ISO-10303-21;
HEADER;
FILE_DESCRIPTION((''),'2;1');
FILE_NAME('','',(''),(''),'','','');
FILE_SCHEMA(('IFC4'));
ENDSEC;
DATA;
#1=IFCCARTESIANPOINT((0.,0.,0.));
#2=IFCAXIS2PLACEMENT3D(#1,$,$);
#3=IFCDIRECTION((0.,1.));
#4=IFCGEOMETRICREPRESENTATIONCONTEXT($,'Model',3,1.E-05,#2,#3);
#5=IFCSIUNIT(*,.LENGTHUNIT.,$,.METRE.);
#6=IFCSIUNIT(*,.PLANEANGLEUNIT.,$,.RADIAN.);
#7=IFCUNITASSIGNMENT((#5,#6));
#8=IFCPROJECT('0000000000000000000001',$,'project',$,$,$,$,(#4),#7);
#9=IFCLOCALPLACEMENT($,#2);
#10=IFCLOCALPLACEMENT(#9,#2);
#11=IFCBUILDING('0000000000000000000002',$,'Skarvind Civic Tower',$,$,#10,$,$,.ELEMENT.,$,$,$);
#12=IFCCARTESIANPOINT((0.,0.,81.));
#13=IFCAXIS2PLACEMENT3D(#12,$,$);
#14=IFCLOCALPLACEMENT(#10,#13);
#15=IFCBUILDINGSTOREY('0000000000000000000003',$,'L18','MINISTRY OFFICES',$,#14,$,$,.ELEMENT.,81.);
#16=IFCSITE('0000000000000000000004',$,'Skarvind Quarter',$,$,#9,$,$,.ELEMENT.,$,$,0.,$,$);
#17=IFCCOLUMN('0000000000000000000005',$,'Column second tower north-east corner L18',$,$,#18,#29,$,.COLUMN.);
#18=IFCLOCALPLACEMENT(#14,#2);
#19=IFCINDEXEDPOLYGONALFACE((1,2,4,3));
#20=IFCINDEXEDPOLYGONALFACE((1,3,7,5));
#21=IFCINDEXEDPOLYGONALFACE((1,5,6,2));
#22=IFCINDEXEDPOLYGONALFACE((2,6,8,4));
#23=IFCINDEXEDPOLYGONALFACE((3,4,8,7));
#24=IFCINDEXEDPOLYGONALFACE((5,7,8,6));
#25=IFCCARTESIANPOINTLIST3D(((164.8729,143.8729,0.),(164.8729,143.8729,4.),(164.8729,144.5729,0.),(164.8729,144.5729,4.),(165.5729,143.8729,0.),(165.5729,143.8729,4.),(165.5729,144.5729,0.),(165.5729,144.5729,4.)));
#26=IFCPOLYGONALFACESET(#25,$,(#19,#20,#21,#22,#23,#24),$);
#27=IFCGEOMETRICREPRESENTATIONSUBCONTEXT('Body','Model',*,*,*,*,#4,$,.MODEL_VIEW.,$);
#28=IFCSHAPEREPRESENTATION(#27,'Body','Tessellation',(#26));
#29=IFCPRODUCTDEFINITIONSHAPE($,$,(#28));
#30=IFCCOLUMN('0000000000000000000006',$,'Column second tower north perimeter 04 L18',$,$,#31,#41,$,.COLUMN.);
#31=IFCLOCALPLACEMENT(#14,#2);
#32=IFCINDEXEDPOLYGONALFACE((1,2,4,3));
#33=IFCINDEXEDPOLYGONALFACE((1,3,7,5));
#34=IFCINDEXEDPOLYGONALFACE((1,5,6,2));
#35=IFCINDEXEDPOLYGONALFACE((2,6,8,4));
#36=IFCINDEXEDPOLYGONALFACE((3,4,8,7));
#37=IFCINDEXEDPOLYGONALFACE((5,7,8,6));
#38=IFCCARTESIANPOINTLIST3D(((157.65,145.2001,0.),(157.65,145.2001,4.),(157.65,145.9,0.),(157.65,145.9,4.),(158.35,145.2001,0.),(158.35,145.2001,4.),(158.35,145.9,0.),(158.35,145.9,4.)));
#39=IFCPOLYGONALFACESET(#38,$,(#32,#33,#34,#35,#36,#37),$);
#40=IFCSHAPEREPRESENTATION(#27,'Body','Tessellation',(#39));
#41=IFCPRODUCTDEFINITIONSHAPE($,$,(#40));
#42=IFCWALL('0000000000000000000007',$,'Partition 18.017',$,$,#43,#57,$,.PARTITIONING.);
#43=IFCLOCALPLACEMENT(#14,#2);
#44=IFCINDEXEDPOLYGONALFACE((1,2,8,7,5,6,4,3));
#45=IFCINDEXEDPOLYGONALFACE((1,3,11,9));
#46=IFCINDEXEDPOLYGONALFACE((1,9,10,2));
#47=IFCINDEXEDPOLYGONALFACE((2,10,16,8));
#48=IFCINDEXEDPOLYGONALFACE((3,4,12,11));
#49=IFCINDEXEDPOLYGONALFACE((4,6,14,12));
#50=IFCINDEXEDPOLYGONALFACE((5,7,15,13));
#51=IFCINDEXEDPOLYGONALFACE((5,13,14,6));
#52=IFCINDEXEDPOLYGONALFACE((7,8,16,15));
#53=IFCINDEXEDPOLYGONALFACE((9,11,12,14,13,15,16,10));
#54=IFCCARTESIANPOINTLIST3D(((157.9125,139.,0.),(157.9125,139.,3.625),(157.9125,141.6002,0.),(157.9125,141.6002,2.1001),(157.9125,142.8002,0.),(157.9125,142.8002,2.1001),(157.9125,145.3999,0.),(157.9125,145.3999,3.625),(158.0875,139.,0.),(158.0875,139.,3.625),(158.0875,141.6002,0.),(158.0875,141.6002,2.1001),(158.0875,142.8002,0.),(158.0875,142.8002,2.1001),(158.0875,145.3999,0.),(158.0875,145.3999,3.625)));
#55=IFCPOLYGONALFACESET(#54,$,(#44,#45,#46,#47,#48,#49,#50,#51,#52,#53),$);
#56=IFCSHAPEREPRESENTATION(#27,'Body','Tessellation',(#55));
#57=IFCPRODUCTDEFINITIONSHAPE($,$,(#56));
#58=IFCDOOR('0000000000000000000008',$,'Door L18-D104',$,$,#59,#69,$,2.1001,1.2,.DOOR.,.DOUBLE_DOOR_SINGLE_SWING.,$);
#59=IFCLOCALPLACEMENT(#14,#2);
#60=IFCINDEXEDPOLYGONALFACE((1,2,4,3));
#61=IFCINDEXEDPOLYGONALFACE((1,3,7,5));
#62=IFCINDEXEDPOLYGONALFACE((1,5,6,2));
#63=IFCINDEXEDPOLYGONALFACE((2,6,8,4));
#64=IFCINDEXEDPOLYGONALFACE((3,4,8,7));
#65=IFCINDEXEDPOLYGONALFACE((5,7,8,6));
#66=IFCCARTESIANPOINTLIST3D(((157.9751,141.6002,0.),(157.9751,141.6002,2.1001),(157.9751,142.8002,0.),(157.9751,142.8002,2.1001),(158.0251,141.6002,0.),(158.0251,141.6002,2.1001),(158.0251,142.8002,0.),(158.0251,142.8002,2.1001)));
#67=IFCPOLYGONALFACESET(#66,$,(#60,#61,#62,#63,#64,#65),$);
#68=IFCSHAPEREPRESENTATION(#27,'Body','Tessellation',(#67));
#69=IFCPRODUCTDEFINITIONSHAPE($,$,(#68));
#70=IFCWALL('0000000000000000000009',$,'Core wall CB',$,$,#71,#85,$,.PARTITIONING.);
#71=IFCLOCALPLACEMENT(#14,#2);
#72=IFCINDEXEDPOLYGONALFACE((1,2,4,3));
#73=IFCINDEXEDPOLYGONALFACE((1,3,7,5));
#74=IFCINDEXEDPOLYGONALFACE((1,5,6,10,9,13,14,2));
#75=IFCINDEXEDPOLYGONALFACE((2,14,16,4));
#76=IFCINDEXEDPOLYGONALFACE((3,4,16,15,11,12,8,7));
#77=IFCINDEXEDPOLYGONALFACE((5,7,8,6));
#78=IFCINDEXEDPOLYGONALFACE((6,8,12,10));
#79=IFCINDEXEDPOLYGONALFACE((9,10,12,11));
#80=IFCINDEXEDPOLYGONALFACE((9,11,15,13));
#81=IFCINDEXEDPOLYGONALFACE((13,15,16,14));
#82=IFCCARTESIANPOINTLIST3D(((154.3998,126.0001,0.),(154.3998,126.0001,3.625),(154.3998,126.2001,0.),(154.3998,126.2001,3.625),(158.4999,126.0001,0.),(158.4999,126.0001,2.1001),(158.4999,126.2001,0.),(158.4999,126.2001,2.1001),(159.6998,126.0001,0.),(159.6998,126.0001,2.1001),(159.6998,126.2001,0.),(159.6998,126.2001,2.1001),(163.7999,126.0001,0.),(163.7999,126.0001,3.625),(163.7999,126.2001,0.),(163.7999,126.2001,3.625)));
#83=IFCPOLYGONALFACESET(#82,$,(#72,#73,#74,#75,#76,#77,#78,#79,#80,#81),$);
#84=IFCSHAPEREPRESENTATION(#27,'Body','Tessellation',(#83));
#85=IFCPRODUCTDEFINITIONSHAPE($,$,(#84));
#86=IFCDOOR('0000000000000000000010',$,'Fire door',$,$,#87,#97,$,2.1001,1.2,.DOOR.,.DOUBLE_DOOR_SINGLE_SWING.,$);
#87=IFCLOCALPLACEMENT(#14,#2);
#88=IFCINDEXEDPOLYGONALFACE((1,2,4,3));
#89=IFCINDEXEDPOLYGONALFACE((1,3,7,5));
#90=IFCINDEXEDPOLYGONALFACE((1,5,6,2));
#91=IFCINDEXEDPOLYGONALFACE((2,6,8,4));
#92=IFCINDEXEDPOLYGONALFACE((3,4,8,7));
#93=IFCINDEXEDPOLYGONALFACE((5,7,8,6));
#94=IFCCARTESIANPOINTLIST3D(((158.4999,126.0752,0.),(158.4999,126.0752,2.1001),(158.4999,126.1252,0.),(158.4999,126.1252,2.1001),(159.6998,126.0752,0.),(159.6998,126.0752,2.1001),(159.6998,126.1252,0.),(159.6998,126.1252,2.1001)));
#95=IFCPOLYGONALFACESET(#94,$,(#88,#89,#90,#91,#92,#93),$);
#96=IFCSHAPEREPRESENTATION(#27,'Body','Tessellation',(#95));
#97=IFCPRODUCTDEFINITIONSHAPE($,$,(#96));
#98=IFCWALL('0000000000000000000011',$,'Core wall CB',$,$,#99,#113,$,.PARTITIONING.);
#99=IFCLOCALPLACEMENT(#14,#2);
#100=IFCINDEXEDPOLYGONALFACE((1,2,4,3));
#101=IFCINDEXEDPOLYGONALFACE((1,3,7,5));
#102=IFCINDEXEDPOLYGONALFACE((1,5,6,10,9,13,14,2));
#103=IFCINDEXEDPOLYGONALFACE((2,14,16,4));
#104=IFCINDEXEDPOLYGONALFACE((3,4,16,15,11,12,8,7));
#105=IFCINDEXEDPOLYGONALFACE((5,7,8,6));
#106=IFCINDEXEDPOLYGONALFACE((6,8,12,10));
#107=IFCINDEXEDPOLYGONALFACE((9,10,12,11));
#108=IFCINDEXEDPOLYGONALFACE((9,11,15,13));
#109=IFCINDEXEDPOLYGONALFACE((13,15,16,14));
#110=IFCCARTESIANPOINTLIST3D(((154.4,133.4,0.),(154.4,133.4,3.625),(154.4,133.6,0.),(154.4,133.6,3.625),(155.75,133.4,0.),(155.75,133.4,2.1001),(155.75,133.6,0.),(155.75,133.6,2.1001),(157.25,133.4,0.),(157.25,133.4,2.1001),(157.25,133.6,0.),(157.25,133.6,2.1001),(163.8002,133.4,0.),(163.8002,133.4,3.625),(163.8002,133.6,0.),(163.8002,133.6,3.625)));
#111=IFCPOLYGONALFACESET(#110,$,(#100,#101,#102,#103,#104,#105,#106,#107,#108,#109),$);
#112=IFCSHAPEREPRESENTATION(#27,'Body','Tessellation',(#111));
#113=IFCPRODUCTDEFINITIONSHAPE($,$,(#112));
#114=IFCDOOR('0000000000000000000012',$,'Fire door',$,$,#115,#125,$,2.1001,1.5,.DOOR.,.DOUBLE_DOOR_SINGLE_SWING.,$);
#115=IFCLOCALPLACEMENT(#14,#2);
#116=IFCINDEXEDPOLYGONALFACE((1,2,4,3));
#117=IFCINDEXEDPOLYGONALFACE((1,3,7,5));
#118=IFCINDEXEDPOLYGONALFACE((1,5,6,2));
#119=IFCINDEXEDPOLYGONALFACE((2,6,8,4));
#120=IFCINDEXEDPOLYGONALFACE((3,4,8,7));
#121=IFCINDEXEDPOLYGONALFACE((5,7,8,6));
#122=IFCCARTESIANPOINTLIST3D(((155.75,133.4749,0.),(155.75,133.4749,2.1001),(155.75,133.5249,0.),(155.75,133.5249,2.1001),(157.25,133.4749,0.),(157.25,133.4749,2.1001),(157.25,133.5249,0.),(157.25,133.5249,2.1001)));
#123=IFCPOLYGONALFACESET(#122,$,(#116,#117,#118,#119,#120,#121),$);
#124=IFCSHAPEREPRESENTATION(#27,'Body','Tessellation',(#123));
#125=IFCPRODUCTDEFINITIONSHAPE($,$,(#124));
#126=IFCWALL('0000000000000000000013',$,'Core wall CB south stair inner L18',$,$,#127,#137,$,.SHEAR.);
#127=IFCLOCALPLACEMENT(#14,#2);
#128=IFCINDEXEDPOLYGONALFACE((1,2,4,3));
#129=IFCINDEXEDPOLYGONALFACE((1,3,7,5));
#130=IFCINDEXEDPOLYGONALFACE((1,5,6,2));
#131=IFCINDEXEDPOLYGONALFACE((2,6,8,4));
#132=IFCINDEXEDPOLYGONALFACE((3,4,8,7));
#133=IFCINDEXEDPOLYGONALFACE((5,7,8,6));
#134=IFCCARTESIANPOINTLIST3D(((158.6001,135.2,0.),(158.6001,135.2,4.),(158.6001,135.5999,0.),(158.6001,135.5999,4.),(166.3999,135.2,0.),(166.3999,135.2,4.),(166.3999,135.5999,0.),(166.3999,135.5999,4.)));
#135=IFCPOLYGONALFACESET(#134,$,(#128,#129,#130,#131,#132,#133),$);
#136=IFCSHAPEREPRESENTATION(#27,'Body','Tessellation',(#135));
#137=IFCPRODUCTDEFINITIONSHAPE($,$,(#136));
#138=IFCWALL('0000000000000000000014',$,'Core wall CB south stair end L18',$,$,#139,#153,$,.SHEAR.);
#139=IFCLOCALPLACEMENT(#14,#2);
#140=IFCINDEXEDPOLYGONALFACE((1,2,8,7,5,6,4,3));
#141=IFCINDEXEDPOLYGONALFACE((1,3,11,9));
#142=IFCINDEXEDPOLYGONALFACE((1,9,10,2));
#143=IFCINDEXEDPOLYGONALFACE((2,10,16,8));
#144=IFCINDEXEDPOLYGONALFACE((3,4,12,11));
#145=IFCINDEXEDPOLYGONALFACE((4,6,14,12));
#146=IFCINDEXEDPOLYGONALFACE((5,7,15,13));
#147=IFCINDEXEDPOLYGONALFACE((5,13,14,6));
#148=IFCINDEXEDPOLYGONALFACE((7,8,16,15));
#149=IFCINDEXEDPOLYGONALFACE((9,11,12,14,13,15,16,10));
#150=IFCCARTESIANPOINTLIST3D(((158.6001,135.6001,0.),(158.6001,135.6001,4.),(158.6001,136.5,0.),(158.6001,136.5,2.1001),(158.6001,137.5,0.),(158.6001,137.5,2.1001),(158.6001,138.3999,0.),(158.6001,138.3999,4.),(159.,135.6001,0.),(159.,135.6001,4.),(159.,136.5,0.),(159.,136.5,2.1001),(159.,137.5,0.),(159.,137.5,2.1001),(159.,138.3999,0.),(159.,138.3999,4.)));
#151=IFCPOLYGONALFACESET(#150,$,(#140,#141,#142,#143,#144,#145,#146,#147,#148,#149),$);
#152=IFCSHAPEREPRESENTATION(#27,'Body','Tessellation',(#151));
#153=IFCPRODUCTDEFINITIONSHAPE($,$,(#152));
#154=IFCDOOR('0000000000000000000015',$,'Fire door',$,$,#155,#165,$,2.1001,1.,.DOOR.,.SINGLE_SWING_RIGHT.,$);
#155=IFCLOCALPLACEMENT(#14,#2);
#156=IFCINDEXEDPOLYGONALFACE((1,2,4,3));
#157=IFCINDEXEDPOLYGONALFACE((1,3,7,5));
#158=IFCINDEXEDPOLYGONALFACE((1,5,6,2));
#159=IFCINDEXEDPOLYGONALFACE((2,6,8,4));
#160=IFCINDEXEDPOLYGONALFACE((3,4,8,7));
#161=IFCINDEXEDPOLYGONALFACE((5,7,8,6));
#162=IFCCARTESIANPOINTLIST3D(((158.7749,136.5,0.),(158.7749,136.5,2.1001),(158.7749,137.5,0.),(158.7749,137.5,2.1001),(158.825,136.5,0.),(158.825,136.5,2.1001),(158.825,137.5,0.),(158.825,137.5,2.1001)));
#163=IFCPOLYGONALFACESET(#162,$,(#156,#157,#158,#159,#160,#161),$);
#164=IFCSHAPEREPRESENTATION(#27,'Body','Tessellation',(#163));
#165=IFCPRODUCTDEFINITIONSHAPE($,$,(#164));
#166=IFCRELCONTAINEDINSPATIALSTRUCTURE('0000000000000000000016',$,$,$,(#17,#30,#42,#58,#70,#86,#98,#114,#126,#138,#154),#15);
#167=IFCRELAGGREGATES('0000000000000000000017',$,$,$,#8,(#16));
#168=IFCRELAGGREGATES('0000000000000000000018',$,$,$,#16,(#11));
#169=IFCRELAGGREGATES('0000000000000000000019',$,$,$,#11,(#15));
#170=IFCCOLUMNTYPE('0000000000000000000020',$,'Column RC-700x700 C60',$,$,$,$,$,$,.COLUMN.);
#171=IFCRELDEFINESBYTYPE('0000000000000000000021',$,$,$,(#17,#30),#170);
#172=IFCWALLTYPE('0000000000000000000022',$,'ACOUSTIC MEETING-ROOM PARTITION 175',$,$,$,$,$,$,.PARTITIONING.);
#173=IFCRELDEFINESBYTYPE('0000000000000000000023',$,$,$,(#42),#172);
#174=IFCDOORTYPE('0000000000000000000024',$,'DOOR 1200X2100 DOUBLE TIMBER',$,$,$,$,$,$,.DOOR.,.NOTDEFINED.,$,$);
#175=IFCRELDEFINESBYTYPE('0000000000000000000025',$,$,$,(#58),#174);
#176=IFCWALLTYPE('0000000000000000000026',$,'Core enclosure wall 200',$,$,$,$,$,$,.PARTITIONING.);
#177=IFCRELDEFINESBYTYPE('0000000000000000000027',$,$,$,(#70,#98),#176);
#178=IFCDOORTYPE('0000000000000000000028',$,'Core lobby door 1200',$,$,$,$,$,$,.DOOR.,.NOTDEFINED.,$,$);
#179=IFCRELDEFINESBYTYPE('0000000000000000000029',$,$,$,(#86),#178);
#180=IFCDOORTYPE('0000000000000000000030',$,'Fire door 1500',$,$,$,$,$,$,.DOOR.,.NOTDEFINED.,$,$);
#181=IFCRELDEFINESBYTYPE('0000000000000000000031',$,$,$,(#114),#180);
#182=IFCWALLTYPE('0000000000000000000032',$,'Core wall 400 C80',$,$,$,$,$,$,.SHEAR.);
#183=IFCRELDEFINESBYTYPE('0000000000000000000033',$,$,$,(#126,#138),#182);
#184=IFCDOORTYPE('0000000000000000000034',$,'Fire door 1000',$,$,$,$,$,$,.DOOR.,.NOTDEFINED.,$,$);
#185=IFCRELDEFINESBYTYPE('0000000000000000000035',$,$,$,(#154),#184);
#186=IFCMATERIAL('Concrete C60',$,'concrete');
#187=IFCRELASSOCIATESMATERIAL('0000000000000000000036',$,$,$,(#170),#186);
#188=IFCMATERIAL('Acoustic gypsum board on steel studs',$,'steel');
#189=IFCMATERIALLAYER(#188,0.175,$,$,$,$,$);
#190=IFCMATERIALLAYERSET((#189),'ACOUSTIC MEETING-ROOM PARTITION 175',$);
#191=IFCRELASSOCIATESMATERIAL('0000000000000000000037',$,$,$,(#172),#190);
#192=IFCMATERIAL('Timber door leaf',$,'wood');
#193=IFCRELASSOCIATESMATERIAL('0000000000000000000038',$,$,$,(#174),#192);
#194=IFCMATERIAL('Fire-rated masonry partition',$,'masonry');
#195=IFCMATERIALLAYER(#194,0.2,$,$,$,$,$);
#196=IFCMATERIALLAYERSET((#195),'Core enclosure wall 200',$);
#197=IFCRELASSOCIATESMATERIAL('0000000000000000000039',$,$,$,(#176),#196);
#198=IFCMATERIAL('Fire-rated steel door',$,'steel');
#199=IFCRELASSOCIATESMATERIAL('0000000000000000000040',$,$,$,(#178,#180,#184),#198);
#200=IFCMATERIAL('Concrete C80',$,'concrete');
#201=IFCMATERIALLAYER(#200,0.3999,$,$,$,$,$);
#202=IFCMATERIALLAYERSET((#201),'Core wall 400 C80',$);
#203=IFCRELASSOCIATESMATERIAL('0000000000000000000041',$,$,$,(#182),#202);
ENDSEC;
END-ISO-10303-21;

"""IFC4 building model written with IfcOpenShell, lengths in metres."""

from ifc_helpers import new_model, si_unit, direction, frame, frame_2d, origin, origin_2d, place, context, subcontext, project, spatial, rectangle, extrude, material, layer, layer_set, material_profile, profile_set, type_object, element, fill, save


model = new_model("IFC4")

# Units and contexts
model_context = context("Model", 3, precision=1e-05, world=origin(), true_north=direction((0.0, 1.0)))
body_context = subcontext(model_context, "Body", "Model", "MODEL_VIEW")
ifc_project = project(units=[si_unit("LENGTHUNIT", "METRE"), si_unit("PLANEANGLEUNIT", "RADIAN")], contexts=[model_context])

# Site, building, storey
site_placement = place(None, origin())
site = spatial("IfcSite", under=ifc_project, at=site_placement, Name="Skarvind Quarter", CompositionType="ELEMENT", RefElevation=0.0)
building_placement = place(site_placement, origin())
building = spatial("IfcBuilding", under=site, at=building_placement, Name="Skarvind Civic Tower", CompositionType="ELEMENT")
storey_placement = place(building_placement, frame((0.0, 0.0, 81.0)))
storey = spatial("IfcBuildingStorey", under=building, at=storey_placement, Name="L18", Description="MINISTRY OFFICES", CompositionType="ELEMENT", Elevation=81.0)

# Columns
ifc_material_1 = material(Name="Concrete C60", Category="concrete")
ifc_material_profile = material_profile(ifc_material_1, rectangle(XDim=0.7, YDim=0.7, at=origin_2d()), Name="RC-700x700")
ifc_profile_set = profile_set([ifc_material_profile], Name="Concrete C60")
column_type = type_object("IfcColumnType", Name="Column RC-700x700 C60", PredefinedType="COLUMN", material=ifc_profile_set)
for number, where, z_axis, x_axis, name in (
    (1, (165.2229, 144.2229, 0.0), (0.0, 0.0, 1.0), (1.0, 0.0, 0.0), "Column second tower north-east corner L18"),
    (2, (158.0, 145.55, 0.0), (0.0, 0.0, 1.0), (1.0, 0.0, 0.0), "Column second tower north perimeter 04 L18"),
):
    element("IfcColumn", number, at=place(storey_placement, frame(where, z_axis=z_axis, x_axis=x_axis)), inside=storey, type_object=column_type, Name=name, PredefinedType="COLUMN", context=body_context, shape_type="SweptSolid", body=[
        extrude(rectangle(XDim=0.7, YDim=0.7, at=origin_2d()), origin(), (0.0, 0.0, 1.0), 4.0),
    ])

# Walls, openings, doors
ifc_material_2 = material(Name="Acoustic gypsum board on steel studs", Category="steel")
ifc_layer_1 = layer(ifc_material_2, 0.175)
ifc_layer_set_1 = layer_set([ifc_layer_1], Name="ACOUSTIC MEETING-ROOM PARTITION 175")
wall_type_1 = type_object("IfcWallType", Name="ACOUSTIC MEETING-ROOM PARTITION 175", PredefinedType="PARTITIONING", material=ifc_layer_set_1)
wall_1_placement = place(storey_placement, frame((158.0, 139.0, 0.0), z_axis=(0.0, 0.0, 1.0), x_axis=(0.0, 1.0, 0.0)))
wall_1 = element("IfcWall", 3, at=wall_1_placement, inside=storey, type_object=wall_type_1, Name="Partition 18.017", PredefinedType="PARTITIONING", context=body_context, shape_type="SweptSolid", body=[
    extrude(rectangle(XDim=6.3999, YDim=0.175, at=frame_2d((3.2, 0.0))), origin(), (0.0, 0.0, 1.0), 3.625),
])
opening_1_placement = place(wall_1_placement, frame((2.6001, 0.0, 0.0)))
opening_1 = element("IfcOpeningElement", 4, at=opening_1_placement, cuts=wall_1, PredefinedType="OPENING", context=body_context, shape_type="SweptSolid", body=[
    extrude(rectangle(XDim=1.2, YDim=2.1001, at=frame_2d((0.6001, 1.05))), frame((0.0, 0.0974, 0.0), z_axis=(0.0, -1.0, 0.0), x_axis=(1.0, 0.0, 0.0)), (0.0, 0.0, 1.0), 0.1951),
])
ifc_material_3 = material(Name="Timber door leaf", Category="wood")
door_type_1 = type_object("IfcDoorType", Name="DOOR 1200X2100 DOUBLE TIMBER", OperationType="NOTDEFINED", PredefinedType="DOOR", material=ifc_material_3)
door_1_placement = place(opening_1_placement, origin())
door_1 = element("IfcDoor", 5, at=door_1_placement, inside=storey, type_object=door_type_1, Name="Door L18-D104", OperationType="DOUBLE_DOOR_SINGLE_SWING", OverallHeight=2.1001, OverallWidth=1.2, PredefinedType="DOOR", context=body_context, shape_type="SweptSolid", body=[
    extrude(rectangle(XDim=1.2, YDim=2.1001, at=frame_2d((0.6001, 1.05))), frame((0.0, 0.0249, 0.0), z_axis=(0.0, -1.0, 0.0), x_axis=(1.0, 0.0, 0.0)), (0.0, 0.0, 1.0), 0.05),
])
fill(opening_1, door_1)
ifc_material_4 = material(Name="Fire-rated masonry partition", Category="masonry")
ifc_layer_2 = layer(ifc_material_4, 0.2)
ifc_layer_set_2 = layer_set([ifc_layer_2], Name="Core enclosure wall 200")
wall_type_2 = type_object("IfcWallType", Name="Core enclosure wall 200", PredefinedType="PARTITIONING", material=ifc_layer_set_2)
wall_2_placement = place(storey_placement, frame((163.8, 126.1001, 0.0), z_axis=(0.0, 0.0, 1.0), x_axis=(-1.0, 0.0, 0.0)))
wall_2 = element("IfcWall", 6, at=wall_2_placement, inside=storey, type_object=wall_type_2, Name="Core wall CB", PredefinedType="PARTITIONING", context=body_context, shape_type="SweptSolid", body=[
    extrude(rectangle(XDim=9.4001, YDim=0.2, at=frame_2d((4.7002, 0.0))), origin(), (0.0, 0.0, 1.0), 3.625),
])
opening_2_placement = place(wall_2_placement, frame((4.1001, 0.0, 0.0)))
opening_2 = element("IfcOpeningElement", 7, at=opening_2_placement, cuts=wall_2, PredefinedType="OPENING", context=body_context, shape_type="SweptSolid", body=[
    extrude(rectangle(XDim=1.2, YDim=2.1001, at=frame_2d((0.6001, 1.05))), frame((0.0, 0.1099, 0.0), z_axis=(0.0, -1.0, 0.0), x_axis=(1.0, 0.0, 0.0)), (0.0, 0.0, 1.0), 0.22),
])
ifc_material_5 = material(Name="Fire-rated steel door", Category="steel")
door_type_2 = type_object("IfcDoorType", Name="Core lobby door 1200", OperationType="NOTDEFINED", PredefinedType="DOOR", material=ifc_material_5)
door_2_placement = place(opening_2_placement, origin())
door_2 = element("IfcDoor", 8, at=door_2_placement, inside=storey, type_object=door_type_2, Name="Fire door", OperationType="DOUBLE_DOOR_SINGLE_SWING", OverallHeight=2.1001, OverallWidth=1.2, PredefinedType="DOOR", context=body_context, shape_type="SweptSolid", body=[
    extrude(rectangle(XDim=1.2, YDim=2.1001, at=frame_2d((0.6001, 1.05))), frame((0.0, 0.0249, 0.0), z_axis=(0.0, -1.0, 0.0), x_axis=(1.0, 0.0, 0.0)), (0.0, 0.0, 1.0), 0.05),
])
fill(opening_2, door_2)
wall_3_placement = place(storey_placement, frame((154.3999, 133.5, 0.0), z_axis=(0.0, 0.0, 1.0), x_axis=(1.0, 0.0, 0.0)))
wall_3 = element("IfcWall", 9, at=wall_3_placement, inside=storey, type_object=wall_type_2, Name="Core wall CB", PredefinedType="PARTITIONING", context=body_context, shape_type="SweptSolid", body=[
    extrude(rectangle(XDim=9.4001, YDim=0.2, at=frame_2d((4.7002, 0.0))), origin(), (0.0, 0.0, 1.0), 3.625),
])
opening_3_placement = place(wall_3_placement, frame((1.3501, 0.0, 0.0)))
opening_3 = element("IfcOpeningElement", 10, at=opening_3_placement, cuts=wall_3, PredefinedType="OPENING", context=body_context, shape_type="SweptSolid", body=[
    extrude(rectangle(XDim=1.5, YDim=2.1001, at=frame_2d((0.75, 1.05))), frame((0.0, 0.1099, 0.0), z_axis=(0.0, -1.0, 0.0), x_axis=(1.0, 0.0, 0.0)), (0.0, 0.0, 1.0), 0.22),
])
door_type_3 = type_object("IfcDoorType", Name="Fire door 1500", OperationType="NOTDEFINED", PredefinedType="DOOR", material=ifc_material_5)
door_3_placement = place(opening_3_placement, origin())
door_3 = element("IfcDoor", 11, at=door_3_placement, inside=storey, type_object=door_type_3, Name="Fire door", OperationType="DOUBLE_DOOR_SINGLE_SWING", OverallHeight=2.1001, OverallWidth=1.5, PredefinedType="DOOR", context=body_context, shape_type="SweptSolid", body=[
    extrude(rectangle(XDim=1.5, YDim=2.1001, at=frame_2d((0.75, 1.05))), frame((0.0, 0.0249, 0.0), z_axis=(0.0, -1.0, 0.0), x_axis=(1.0, 0.0, 0.0)), (0.0, 0.0, 1.0), 0.05),
])
fill(opening_3, door_3)

# Wall
ifc_material_6 = material(Name="Concrete C80", Category="concrete")
ifc_layer_3 = layer(ifc_material_6, 0.3999)
ifc_layer_set_3 = layer_set([ifc_layer_3], Name="Core wall 400 C80")
wall_type_3 = type_object("IfcWallType", Name="Core wall 400 C80", PredefinedType="SHEAR", material=ifc_layer_set_3)
wall_4_placement = place(storey_placement, frame((166.3999, 135.3999, 0.0), z_axis=(0.0, 0.0, 1.0), x_axis=(-1.0, 0.0, 0.0)))
element("IfcWall", 12, at=wall_4_placement, inside=storey, type_object=wall_type_3, Name="Core wall CB south stair inner L18", PredefinedType="SHEAR", context=body_context, shape_type="SweptSolid", body=[
    extrude(rectangle(XDim=7.7998, YDim=0.3999, at=frame_2d((3.8999, 0.0))), origin(), (0.0, 0.0, 1.0), 4.0),
])

# Wall, opening, door
wall_5_placement = place(storey_placement, frame((158.8, 138.3999, 0.0), z_axis=(0.0, 0.0, 1.0), x_axis=(0.0, -1.0, 0.0)))
wall_5 = element("IfcWall", 13, at=wall_5_placement, inside=storey, type_object=wall_type_3, Name="Core wall CB south stair end L18", PredefinedType="SHEAR", context=body_context, shape_type="SweptSolid", body=[
    extrude(rectangle(XDim=2.7998, YDim=0.3999, at=frame_2d((1.3999, 0.0))), origin(), (0.0, 0.0, 1.0), 4.0),
])
opening_4_placement = place(wall_5_placement, frame((0.8999, 0.0, 0.0)))
opening_4 = element("IfcOpeningElement", 14, at=opening_4_placement, cuts=wall_5, PredefinedType="OPENING", context=body_context, shape_type="SweptSolid", body=[
    extrude(rectangle(XDim=1.0, YDim=2.1001, at=frame_2d((0.5, 1.05))), frame((0.0, 0.21, 0.0), z_axis=(0.0, -1.0, 0.0), x_axis=(1.0, 0.0, 0.0)), (0.0, 0.0, 1.0), 0.4199),
])
door_type_4 = type_object("IfcDoorType", Name="Fire door 1000", OperationType="NOTDEFINED", PredefinedType="DOOR", material=ifc_material_5)
door_4_placement = place(opening_4_placement, origin())
door_4 = element("IfcDoor", 15, at=door_4_placement, inside=storey, type_object=door_type_4, Name="Fire door", OperationType="SINGLE_SWING_RIGHT", OverallHeight=2.1001, OverallWidth=1.0, PredefinedType="DOOR", context=body_context, shape_type="SweptSolid", body=[
    extrude(rectangle(XDim=1.0, YDim=2.1001, at=frame_2d((0.5, 1.05))), frame((0.0, 0.0249, 0.0), z_axis=(0.0, -1.0, 0.0), x_axis=(1.0, 0.0, 0.0)), (0.0, 0.0, 1.0), 0.05),
])
fill(opening_4, door_4)

save(model, "model.ifc")
